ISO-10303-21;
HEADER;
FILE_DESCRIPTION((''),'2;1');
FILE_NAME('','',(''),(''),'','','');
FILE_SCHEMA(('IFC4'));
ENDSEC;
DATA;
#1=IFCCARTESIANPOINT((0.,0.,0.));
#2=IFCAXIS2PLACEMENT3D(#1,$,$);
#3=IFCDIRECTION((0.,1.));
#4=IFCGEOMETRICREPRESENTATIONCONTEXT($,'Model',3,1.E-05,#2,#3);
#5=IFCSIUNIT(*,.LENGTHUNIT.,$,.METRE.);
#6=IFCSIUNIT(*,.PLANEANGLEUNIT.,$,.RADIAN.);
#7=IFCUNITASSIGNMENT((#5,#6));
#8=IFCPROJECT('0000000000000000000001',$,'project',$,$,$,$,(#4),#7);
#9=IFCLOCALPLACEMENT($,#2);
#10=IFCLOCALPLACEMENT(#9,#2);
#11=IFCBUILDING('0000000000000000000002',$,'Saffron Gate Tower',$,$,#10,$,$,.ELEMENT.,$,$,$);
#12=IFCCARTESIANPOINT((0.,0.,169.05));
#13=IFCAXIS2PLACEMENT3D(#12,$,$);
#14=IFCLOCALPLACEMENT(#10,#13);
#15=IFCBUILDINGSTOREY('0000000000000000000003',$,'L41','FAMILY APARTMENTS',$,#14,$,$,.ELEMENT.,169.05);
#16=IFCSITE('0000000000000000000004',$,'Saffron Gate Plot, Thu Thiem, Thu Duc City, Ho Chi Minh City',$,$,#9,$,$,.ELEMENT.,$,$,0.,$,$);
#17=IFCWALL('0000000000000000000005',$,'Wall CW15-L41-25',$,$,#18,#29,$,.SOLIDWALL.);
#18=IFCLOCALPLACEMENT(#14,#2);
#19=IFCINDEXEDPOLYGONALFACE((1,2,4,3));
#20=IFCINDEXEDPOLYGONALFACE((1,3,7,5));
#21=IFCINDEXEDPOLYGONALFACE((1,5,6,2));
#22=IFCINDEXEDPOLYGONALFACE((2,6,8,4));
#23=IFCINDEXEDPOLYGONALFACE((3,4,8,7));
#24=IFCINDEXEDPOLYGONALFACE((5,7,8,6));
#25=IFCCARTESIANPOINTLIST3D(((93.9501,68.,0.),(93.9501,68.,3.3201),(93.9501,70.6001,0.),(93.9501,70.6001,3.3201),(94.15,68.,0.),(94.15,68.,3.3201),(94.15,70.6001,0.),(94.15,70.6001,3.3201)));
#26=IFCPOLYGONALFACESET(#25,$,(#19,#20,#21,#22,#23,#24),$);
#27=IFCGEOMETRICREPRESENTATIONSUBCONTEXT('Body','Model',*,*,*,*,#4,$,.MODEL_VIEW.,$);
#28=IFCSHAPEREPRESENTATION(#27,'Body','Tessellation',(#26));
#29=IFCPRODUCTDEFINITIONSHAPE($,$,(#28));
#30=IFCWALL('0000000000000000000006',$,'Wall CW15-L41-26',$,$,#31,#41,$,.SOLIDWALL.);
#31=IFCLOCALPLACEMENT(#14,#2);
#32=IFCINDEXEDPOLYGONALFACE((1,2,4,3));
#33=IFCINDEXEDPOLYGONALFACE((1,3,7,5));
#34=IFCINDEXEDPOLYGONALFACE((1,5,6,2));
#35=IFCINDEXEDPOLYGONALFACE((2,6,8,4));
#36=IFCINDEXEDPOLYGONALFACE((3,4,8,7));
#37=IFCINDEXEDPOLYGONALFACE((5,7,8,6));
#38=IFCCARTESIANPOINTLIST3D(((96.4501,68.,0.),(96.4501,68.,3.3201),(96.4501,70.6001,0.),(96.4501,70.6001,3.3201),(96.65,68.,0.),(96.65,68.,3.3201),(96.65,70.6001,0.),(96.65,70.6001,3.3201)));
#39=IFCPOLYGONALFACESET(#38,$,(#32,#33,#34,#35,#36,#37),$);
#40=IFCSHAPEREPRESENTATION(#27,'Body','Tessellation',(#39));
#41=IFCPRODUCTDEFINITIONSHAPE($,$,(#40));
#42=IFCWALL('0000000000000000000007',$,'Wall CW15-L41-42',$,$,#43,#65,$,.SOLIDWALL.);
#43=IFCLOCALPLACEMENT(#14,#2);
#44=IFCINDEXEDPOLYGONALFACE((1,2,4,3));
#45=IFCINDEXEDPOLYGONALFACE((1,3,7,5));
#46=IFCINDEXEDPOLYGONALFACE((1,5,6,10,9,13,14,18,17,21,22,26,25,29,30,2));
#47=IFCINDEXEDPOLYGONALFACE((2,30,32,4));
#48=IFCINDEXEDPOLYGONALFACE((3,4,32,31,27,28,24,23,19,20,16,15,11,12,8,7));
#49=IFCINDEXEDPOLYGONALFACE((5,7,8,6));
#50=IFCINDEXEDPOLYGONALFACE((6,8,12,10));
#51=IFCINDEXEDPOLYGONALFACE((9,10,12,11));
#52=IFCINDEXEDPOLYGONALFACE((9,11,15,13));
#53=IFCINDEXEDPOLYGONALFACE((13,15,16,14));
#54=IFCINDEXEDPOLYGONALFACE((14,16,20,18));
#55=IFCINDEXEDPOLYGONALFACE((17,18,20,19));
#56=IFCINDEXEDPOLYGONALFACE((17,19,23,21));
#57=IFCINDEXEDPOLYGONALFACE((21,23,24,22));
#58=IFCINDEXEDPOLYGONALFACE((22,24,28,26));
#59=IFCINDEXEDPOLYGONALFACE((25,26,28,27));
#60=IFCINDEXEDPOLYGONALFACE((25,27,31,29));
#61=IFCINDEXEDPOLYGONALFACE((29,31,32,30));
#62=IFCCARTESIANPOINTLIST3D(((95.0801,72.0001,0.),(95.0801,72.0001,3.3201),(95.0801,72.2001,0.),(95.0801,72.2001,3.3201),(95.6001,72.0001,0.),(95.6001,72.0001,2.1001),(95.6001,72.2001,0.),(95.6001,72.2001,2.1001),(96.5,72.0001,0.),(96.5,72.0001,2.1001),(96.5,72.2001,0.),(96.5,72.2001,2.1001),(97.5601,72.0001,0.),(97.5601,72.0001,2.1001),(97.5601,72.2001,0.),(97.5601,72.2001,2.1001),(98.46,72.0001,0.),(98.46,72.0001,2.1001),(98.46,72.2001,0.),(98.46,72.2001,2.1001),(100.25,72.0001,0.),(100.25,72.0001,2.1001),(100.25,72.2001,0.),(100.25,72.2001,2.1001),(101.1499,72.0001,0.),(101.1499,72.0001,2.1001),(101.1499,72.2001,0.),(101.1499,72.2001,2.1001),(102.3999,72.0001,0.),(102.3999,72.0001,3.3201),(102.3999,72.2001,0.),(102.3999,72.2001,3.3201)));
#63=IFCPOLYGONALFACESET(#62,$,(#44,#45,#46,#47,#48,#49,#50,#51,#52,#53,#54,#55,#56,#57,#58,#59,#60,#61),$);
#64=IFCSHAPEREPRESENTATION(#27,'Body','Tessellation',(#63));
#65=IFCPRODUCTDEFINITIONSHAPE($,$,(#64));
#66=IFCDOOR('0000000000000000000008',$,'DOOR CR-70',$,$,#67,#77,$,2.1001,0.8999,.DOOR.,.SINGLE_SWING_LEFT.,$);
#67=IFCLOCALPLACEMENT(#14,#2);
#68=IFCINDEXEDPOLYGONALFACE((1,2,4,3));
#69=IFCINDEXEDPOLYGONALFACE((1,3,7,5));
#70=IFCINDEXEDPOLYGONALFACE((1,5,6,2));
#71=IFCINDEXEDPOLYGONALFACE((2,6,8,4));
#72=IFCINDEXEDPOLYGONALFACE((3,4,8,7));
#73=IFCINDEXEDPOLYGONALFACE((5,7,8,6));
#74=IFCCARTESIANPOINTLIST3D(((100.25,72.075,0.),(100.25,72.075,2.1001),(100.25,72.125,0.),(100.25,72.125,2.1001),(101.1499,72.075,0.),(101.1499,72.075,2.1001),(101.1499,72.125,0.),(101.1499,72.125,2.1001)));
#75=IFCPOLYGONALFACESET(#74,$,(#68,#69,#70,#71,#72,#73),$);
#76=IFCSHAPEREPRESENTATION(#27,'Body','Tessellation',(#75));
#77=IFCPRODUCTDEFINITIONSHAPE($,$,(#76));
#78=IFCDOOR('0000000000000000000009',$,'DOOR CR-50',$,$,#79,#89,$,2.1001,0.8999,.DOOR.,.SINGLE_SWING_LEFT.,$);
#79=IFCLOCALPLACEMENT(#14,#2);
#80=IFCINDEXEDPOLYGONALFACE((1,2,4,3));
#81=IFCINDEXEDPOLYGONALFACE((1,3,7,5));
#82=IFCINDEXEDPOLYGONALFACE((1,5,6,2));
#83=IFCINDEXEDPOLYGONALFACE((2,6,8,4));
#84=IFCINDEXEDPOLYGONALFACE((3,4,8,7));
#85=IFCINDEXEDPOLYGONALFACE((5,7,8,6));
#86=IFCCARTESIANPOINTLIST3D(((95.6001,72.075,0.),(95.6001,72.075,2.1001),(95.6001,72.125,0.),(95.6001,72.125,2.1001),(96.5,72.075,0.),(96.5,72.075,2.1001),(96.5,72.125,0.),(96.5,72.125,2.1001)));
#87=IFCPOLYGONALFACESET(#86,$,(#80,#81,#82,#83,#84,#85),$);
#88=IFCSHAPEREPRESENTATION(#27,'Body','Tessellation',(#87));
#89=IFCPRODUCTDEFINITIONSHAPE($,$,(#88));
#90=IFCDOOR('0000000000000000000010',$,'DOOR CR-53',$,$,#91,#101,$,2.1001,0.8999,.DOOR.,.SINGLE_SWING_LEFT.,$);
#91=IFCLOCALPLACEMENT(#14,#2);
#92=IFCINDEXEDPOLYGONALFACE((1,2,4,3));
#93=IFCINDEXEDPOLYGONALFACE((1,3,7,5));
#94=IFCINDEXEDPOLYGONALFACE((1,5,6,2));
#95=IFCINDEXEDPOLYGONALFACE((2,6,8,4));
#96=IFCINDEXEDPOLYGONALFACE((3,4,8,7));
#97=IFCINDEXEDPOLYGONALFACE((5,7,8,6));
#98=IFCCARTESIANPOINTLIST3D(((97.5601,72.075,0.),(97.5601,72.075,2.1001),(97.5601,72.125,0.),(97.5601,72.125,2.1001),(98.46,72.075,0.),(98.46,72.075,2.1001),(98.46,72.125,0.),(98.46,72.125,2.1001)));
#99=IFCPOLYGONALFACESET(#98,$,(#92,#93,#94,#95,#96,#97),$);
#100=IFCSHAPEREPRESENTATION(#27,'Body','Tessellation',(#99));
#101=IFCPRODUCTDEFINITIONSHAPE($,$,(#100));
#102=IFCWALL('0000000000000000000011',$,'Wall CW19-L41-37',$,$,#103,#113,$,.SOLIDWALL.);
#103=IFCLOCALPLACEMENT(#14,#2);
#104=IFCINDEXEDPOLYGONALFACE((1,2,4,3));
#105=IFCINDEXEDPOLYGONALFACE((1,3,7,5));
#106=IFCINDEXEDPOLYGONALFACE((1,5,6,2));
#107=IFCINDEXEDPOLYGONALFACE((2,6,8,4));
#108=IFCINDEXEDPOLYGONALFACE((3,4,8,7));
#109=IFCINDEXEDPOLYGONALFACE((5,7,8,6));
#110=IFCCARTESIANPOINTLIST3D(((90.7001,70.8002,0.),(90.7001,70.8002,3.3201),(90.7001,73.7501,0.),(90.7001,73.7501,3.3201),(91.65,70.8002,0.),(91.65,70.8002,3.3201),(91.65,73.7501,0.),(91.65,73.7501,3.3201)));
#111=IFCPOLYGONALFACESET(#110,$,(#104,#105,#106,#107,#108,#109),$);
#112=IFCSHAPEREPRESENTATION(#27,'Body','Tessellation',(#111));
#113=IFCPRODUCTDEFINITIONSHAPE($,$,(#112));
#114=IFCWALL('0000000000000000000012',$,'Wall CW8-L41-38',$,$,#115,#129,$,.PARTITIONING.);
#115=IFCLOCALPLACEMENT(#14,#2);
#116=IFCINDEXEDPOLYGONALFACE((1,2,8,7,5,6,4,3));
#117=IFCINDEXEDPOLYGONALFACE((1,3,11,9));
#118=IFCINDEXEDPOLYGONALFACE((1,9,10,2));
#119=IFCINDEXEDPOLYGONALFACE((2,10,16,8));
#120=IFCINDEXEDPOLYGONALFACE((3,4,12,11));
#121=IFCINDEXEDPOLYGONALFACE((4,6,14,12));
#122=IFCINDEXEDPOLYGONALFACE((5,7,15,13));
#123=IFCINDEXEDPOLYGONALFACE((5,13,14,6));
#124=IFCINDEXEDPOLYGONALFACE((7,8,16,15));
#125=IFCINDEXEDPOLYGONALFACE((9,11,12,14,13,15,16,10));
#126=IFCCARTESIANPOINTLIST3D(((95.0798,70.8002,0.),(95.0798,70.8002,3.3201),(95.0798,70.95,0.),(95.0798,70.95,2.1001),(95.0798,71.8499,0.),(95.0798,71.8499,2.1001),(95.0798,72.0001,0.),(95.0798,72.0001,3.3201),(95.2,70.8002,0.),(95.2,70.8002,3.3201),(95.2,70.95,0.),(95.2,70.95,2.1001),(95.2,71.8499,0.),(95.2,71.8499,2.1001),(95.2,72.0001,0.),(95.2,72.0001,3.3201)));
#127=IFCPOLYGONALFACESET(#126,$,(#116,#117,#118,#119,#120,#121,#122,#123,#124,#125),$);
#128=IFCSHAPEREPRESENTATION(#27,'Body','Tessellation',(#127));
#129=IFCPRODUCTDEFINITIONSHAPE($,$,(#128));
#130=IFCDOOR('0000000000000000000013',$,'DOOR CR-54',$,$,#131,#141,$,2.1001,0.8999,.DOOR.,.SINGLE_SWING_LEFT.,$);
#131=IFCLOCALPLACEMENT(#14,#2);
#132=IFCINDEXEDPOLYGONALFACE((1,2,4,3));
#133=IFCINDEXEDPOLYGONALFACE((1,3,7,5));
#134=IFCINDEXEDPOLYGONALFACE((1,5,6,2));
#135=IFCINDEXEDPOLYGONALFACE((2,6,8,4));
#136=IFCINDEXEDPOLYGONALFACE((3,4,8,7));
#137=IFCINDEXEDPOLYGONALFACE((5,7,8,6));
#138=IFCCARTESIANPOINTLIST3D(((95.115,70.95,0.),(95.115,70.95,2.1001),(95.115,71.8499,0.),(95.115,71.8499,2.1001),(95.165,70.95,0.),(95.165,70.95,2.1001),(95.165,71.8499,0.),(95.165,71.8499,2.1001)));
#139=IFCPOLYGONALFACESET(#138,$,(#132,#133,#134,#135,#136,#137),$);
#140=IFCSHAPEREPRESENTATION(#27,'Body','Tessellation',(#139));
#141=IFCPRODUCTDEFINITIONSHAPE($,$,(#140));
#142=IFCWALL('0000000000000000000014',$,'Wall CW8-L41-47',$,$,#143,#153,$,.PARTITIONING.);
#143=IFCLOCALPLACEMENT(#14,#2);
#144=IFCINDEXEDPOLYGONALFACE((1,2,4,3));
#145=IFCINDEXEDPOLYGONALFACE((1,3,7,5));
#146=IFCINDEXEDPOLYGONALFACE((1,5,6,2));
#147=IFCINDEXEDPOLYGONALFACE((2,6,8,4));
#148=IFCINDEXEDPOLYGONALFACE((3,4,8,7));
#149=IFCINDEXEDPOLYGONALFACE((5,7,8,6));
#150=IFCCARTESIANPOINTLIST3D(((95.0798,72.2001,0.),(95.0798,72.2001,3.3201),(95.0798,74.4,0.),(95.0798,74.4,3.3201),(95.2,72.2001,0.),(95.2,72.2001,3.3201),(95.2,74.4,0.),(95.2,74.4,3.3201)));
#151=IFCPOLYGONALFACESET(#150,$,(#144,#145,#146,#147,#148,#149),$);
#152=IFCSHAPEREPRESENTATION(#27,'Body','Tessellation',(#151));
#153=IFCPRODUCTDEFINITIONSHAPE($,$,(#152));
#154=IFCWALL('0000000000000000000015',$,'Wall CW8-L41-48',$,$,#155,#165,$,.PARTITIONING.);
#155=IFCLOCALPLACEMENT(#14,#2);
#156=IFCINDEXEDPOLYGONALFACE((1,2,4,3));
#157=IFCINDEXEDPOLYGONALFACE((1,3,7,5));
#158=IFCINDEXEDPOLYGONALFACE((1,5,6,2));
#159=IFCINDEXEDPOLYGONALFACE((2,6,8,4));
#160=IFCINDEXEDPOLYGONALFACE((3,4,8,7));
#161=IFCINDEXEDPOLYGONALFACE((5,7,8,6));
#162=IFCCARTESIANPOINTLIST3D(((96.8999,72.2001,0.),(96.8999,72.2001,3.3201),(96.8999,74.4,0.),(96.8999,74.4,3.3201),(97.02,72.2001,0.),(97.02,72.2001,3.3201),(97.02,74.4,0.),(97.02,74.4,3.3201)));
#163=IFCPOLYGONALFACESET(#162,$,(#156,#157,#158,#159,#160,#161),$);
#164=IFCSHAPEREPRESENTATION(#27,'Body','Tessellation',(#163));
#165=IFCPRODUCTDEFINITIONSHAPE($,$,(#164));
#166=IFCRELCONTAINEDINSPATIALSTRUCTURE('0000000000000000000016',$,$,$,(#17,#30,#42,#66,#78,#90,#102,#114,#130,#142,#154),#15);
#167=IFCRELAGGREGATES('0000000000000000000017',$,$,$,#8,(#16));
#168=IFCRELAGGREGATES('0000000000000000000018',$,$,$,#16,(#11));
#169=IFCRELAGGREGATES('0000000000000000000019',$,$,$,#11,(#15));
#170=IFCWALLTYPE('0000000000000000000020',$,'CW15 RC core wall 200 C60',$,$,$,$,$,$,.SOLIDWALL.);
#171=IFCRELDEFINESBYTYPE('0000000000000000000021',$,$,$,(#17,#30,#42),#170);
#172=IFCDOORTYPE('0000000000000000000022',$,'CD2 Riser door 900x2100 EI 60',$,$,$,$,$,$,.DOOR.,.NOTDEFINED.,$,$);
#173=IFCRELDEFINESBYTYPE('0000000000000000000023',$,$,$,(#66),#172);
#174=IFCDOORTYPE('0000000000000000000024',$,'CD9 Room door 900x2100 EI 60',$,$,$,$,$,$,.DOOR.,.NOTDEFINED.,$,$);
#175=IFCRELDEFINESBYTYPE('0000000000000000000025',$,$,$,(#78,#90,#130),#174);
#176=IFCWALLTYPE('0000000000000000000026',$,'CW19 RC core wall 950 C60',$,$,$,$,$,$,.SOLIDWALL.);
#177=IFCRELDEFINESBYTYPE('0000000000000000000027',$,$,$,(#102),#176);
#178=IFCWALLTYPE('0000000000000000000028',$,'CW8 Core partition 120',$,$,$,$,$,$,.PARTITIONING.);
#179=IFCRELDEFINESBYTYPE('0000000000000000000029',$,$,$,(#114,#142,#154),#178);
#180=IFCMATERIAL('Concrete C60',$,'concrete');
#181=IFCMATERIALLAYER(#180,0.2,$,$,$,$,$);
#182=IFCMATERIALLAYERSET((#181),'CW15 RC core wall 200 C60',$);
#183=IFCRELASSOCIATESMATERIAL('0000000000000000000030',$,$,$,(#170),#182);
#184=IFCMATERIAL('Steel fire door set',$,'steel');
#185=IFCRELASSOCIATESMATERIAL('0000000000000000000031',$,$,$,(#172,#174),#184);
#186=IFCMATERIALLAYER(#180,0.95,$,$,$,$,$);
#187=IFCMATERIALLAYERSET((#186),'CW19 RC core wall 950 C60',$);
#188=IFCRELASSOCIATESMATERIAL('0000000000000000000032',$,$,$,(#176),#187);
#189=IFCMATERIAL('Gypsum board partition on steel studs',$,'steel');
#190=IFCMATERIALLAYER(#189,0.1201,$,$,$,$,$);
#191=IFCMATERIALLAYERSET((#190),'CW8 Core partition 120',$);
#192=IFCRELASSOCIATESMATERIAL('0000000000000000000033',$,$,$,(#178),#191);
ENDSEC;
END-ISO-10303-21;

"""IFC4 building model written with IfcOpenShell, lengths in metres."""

from ifc_helpers import new_model, si_unit, direction, frame, frame_2d, origin, place, context, subcontext, project, spatial, rectangle, extrude, material, layer, layer_set, type_object, element, fill, save


model = new_model("IFC4")

# Units and contexts
model_context = context("Model", 3, precision=1e-05, world=origin(), true_north=direction((0.0, 1.0)))
body_context = subcontext(model_context, "Body", "Model", "MODEL_VIEW")
ifc_project = project(units=[si_unit("LENGTHUNIT", "METRE"), si_unit("PLANEANGLEUNIT", "RADIAN")], contexts=[model_context])

# Site, building, storey
site_placement = place(None, origin())
site = spatial("IfcSite", under=ifc_project, at=site_placement, Name="Saffron Gate Plot, Thu Thiem, Thu Duc City, Ho Chi Minh City", CompositionType="ELEMENT", RefElevation=0.0)
building_placement = place(site_placement, origin())
building = spatial("IfcBuilding", under=site, at=building_placement, Name="Saffron Gate Tower", CompositionType="ELEMENT")
storey_placement = place(building_placement, frame((0.0, 0.0, 169.05)))
storey = spatial("IfcBuildingStorey", under=building, at=storey_placement, Name="L41", Description="FAMILY APARTMENTS", CompositionType="ELEMENT", Elevation=169.05)

# Shared definitions
ifc_material_1 = material(Name="Concrete C60", Category="concrete")

# Shared definitions
ifc_material_2 = material(Name="Steel fire door set", Category="steel")

# Shared definitions
ifc_layer_1 = layer(ifc_material_1, 0.2)
ifc_layer_set_1 = layer_set([ifc_layer_1], Name="CW15 RC core wall 200 C60")
wall_type_1 = type_object("IfcWallType", Name="CW15 RC core wall 200 C60", PredefinedType="SOLIDWALL", material=ifc_layer_set_1)

# Shared definitions
door_type_1 = type_object("IfcDoorType", Name="CD2 Riser door 900x2100 EI 60", OperationType="NOTDEFINED", PredefinedType="DOOR", material=ifc_material_2)

# Walls
for number, where, z_axis, x_axis, name in (
    (1, (94.05, 68.0, 0.0), (0.0, 0.0, 1.0), (0.0, 1.0, 0.0), "Wall CW15-L41-25"),
    (2, (96.55, 68.0, 0.0), (0.0, 0.0, 1.0), (0.0, 1.0, 0.0), "Wall CW15-L41-26"),
):
    element("IfcWall", number, at=place(storey_placement, frame(where, z_axis=z_axis, x_axis=x_axis)), inside=storey, type_object=wall_type_1, Name=name, PredefinedType="SOLIDWALL", context=body_context, shape_type="SweptSolid", body=[
        extrude(rectangle(XDim=2.6001, YDim=0.2, at=frame_2d((1.3, 0.0))), origin(), (0.0, 0.0, 1.0), 3.3201),
    ])

# Wall, openings, doors
wall_1_placement = place(storey_placement, frame((95.0801, 72.1001, 0.0), z_axis=(0.0, 0.0, 1.0), x_axis=(1.0, 0.0, 0.0)))
wall_1 = element("IfcWall", 3, at=wall_1_placement, inside=storey, type_object=wall_type_1, Name="Wall CW15-L41-42", PredefinedType="SOLIDWALL", context=body_context, shape_type="SweptSolid", body=[
    extrude(rectangle(XDim=7.3198, YDim=0.2, at=frame_2d((3.6599, 0.0))), origin(), (0.0, 0.0, 1.0), 3.3201),
])
opening_1_placement = place(wall_1_placement, frame((0.52, 0.0, 0.0)))
opening_1 = element("IfcOpeningElement", 4, at=opening_1_placement, cuts=wall_1, PredefinedType="OPENING", context=body_context, shape_type="SweptSolid", body=[
    extrude(rectangle(XDim=0.8999, YDim=2.1001, at=frame_2d((0.45, 1.05))), frame((0.0, 0.1099, 0.0), z_axis=(0.0, -1.0, 0.0), x_axis=(1.0, 0.0, 0.0)), (0.0, 0.0, 1.0), 0.22),
])
opening_2_placement = place(wall_1_placement, frame((2.48, 0.0, 0.0)))
opening_2 = element("IfcOpeningElement", 5, at=opening_2_placement, cuts=wall_1, PredefinedType="OPENING", context=body_context, shape_type="SweptSolid", body=[
    extrude(rectangle(XDim=0.8999, YDim=2.1001, at=frame_2d((0.45, 1.05))), frame((0.0, 0.1099, 0.0), z_axis=(0.0, -1.0, 0.0), x_axis=(1.0, 0.0, 0.0)), (0.0, 0.0, 1.0), 0.22),
])
opening_3_placement = place(wall_1_placement, frame((5.1699, 0.0, 0.0)))
opening_3 = element("IfcOpeningElement", 6, at=opening_3_placement, cuts=wall_1, PredefinedType="OPENING", context=body_context, shape_type="SweptSolid", body=[
    extrude(rectangle(XDim=0.8999, YDim=2.1001, at=frame_2d((0.45, 1.05))), frame((0.0, 0.1099, 0.0), z_axis=(0.0, -1.0, 0.0), x_axis=(1.0, 0.0, 0.0)), (0.0, 0.0, 1.0), 0.22),
])
door_1_placement = place(opening_3_placement, origin())
door_1 = element("IfcDoor", 7, at=door_1_placement, inside=storey, type_object=door_type_1, Name="DOOR CR-70", OperationType="SINGLE_SWING_LEFT", OverallHeight=2.1001, OverallWidth=0.8999, PredefinedType="DOOR", context=body_context, shape_type="SweptSolid", body=[
    extrude(rectangle(XDim=0.8999, YDim=2.1001, at=frame_2d((0.45, 1.05))), frame((0.0, 0.0249, 0.0), z_axis=(0.0, -1.0, 0.0), x_axis=(1.0, 0.0, 0.0)), (0.0, 0.0, 1.0), 0.05),
])
fill(opening_3, door_1)
door_type_2 = type_object("IfcDoorType", Name="CD9 Room door 900x2100 EI 60", OperationType="NOTDEFINED", PredefinedType="DOOR", material=ifc_material_2)
door_2_placement = place(opening_1_placement, origin())
door_2 = element("IfcDoor", 8, at=door_2_placement, inside=storey, type_object=door_type_2, Name="DOOR CR-50", OperationType="SINGLE_SWING_LEFT", OverallHeight=2.1001, OverallWidth=0.8999, PredefinedType="DOOR", context=body_context, shape_type="SweptSolid", body=[
    extrude(rectangle(XDim=0.8999, YDim=2.1001, at=frame_2d((0.45, 1.05))), frame((0.0, 0.0249, 0.0), z_axis=(0.0, -1.0, 0.0), x_axis=(1.0, 0.0, 0.0)), (0.0, 0.0, 1.0), 0.05),
])
fill(opening_1, door_2)
door_3_placement = place(opening_2_placement, origin())
door_3 = element("IfcDoor", 9, at=door_3_placement, inside=storey, type_object=door_type_2, Name="DOOR CR-53", OperationType="SINGLE_SWING_LEFT", OverallHeight=2.1001, OverallWidth=0.8999, PredefinedType="DOOR", context=body_context, shape_type="SweptSolid", body=[
    extrude(rectangle(XDim=0.8999, YDim=2.1001, at=frame_2d((0.45, 1.05))), frame((0.0, 0.0249, 0.0), z_axis=(0.0, -1.0, 0.0), x_axis=(1.0, 0.0, 0.0)), (0.0, 0.0, 1.0), 0.05),
])
fill(opening_2, door_3)

# Wall
ifc_layer_2 = layer(ifc_material_1, 0.95)
ifc_layer_set_2 = layer_set([ifc_layer_2], Name="CW19 RC core wall 950 C60")
wall_type_2 = type_object("IfcWallType", Name="CW19 RC core wall 950 C60", PredefinedType="SOLIDWALL", material=ifc_layer_set_2)
wall_2_placement = place(storey_placement, frame((91.175, 70.8, 0.0), z_axis=(0.0, 0.0, 1.0), x_axis=(0.0, 1.0, 0.0)))
element("IfcWall", 10, at=wall_2_placement, inside=storey, type_object=wall_type_2, Name="Wall CW19-L41-37", PredefinedType="SOLIDWALL", context=body_context, shape_type="SweptSolid", body=[
    extrude(rectangle(XDim=2.95, YDim=0.95, at=frame_2d((1.4751, 0.0))), origin(), (0.0, 0.0, 1.0), 3.3201),
])

# Wall, opening, door
ifc_material_3 = material(Name="Gypsum board partition on steel studs", Category="steel")
ifc_layer_3 = layer(ifc_material_3, 0.1201)
ifc_layer_set_3 = layer_set([ifc_layer_3], Name="CW8 Core partition 120")
wall_type_3 = type_object("IfcWallType", Name="CW8 Core partition 120", PredefinedType="PARTITIONING", material=ifc_layer_set_3)
wall_3_placement = place(storey_placement, frame((95.1399, 70.8, 0.0), z_axis=(0.0, 0.0, 1.0), x_axis=(0.0, 1.0, 0.0)))
wall_3 = element("IfcWall", 11, at=wall_3_placement, inside=storey, type_object=wall_type_3, Name="Wall CW8-L41-38", PredefinedType="PARTITIONING", context=body_context, shape_type="SweptSolid", body=[
    extrude(rectangle(XDim=1.2, YDim=0.1201, at=frame_2d((0.6001, 0.0))), origin(), (0.0, 0.0, 1.0), 3.3201),
])
opening_4_placement = place(wall_3_placement, frame((0.1499, 0.0, 0.0)))
opening_4 = element("IfcOpeningElement", 12, at=opening_4_placement, cuts=wall_3, PredefinedType="OPENING", context=body_context, shape_type="SweptSolid", body=[
    extrude(rectangle(XDim=0.8999, YDim=2.1001, at=frame_2d((0.45, 1.05))), frame((0.0, 0.0701, 0.0), z_axis=(0.0, -1.0, 0.0), x_axis=(1.0, 0.0, 0.0)), (0.0, 0.0, 1.0), 0.1401),
])
door_4_placement = place(opening_4_placement, origin())
door_4 = element("IfcDoor", 13, at=door_4_placement, inside=storey, type_object=door_type_2, Name="DOOR CR-54", OperationType="SINGLE_SWING_LEFT", OverallHeight=2.1001, OverallWidth=0.8999, PredefinedType="DOOR", context=body_context, shape_type="SweptSolid", body=[
    extrude(rectangle(XDim=0.8999, YDim=2.1001, at=frame_2d((0.45, 1.05))), frame((0.0, 0.0249, 0.0), z_axis=(0.0, -1.0, 0.0), x_axis=(1.0, 0.0, 0.0)), (0.0, 0.0, 1.0), 0.05),
])
fill(opening_4, door_4)

# Walls
for number, where, z_axis, x_axis, name in (
    (14, (95.1399, 72.2, 0.0), (0.0, 0.0, 1.0), (0.0, 1.0, 0.0), "Wall CW8-L41-47"),
    (15, (96.96, 72.2, 0.0), (0.0, 0.0, 1.0), (0.0, 1.0, 0.0), "Wall CW8-L41-48"),
):
    element("IfcWall", number, at=place(storey_placement, frame(where, z_axis=z_axis, x_axis=x_axis)), inside=storey, type_object=wall_type_3, Name=name, PredefinedType="PARTITIONING", context=body_context, shape_type="SweptSolid", body=[
        extrude(rectangle(XDim=2.2, YDim=0.1201, at=frame_2d((1.1001, 0.0))), origin(), (0.0, 0.0, 1.0), 3.3201),
    ])

save(model, "model.ifc")
